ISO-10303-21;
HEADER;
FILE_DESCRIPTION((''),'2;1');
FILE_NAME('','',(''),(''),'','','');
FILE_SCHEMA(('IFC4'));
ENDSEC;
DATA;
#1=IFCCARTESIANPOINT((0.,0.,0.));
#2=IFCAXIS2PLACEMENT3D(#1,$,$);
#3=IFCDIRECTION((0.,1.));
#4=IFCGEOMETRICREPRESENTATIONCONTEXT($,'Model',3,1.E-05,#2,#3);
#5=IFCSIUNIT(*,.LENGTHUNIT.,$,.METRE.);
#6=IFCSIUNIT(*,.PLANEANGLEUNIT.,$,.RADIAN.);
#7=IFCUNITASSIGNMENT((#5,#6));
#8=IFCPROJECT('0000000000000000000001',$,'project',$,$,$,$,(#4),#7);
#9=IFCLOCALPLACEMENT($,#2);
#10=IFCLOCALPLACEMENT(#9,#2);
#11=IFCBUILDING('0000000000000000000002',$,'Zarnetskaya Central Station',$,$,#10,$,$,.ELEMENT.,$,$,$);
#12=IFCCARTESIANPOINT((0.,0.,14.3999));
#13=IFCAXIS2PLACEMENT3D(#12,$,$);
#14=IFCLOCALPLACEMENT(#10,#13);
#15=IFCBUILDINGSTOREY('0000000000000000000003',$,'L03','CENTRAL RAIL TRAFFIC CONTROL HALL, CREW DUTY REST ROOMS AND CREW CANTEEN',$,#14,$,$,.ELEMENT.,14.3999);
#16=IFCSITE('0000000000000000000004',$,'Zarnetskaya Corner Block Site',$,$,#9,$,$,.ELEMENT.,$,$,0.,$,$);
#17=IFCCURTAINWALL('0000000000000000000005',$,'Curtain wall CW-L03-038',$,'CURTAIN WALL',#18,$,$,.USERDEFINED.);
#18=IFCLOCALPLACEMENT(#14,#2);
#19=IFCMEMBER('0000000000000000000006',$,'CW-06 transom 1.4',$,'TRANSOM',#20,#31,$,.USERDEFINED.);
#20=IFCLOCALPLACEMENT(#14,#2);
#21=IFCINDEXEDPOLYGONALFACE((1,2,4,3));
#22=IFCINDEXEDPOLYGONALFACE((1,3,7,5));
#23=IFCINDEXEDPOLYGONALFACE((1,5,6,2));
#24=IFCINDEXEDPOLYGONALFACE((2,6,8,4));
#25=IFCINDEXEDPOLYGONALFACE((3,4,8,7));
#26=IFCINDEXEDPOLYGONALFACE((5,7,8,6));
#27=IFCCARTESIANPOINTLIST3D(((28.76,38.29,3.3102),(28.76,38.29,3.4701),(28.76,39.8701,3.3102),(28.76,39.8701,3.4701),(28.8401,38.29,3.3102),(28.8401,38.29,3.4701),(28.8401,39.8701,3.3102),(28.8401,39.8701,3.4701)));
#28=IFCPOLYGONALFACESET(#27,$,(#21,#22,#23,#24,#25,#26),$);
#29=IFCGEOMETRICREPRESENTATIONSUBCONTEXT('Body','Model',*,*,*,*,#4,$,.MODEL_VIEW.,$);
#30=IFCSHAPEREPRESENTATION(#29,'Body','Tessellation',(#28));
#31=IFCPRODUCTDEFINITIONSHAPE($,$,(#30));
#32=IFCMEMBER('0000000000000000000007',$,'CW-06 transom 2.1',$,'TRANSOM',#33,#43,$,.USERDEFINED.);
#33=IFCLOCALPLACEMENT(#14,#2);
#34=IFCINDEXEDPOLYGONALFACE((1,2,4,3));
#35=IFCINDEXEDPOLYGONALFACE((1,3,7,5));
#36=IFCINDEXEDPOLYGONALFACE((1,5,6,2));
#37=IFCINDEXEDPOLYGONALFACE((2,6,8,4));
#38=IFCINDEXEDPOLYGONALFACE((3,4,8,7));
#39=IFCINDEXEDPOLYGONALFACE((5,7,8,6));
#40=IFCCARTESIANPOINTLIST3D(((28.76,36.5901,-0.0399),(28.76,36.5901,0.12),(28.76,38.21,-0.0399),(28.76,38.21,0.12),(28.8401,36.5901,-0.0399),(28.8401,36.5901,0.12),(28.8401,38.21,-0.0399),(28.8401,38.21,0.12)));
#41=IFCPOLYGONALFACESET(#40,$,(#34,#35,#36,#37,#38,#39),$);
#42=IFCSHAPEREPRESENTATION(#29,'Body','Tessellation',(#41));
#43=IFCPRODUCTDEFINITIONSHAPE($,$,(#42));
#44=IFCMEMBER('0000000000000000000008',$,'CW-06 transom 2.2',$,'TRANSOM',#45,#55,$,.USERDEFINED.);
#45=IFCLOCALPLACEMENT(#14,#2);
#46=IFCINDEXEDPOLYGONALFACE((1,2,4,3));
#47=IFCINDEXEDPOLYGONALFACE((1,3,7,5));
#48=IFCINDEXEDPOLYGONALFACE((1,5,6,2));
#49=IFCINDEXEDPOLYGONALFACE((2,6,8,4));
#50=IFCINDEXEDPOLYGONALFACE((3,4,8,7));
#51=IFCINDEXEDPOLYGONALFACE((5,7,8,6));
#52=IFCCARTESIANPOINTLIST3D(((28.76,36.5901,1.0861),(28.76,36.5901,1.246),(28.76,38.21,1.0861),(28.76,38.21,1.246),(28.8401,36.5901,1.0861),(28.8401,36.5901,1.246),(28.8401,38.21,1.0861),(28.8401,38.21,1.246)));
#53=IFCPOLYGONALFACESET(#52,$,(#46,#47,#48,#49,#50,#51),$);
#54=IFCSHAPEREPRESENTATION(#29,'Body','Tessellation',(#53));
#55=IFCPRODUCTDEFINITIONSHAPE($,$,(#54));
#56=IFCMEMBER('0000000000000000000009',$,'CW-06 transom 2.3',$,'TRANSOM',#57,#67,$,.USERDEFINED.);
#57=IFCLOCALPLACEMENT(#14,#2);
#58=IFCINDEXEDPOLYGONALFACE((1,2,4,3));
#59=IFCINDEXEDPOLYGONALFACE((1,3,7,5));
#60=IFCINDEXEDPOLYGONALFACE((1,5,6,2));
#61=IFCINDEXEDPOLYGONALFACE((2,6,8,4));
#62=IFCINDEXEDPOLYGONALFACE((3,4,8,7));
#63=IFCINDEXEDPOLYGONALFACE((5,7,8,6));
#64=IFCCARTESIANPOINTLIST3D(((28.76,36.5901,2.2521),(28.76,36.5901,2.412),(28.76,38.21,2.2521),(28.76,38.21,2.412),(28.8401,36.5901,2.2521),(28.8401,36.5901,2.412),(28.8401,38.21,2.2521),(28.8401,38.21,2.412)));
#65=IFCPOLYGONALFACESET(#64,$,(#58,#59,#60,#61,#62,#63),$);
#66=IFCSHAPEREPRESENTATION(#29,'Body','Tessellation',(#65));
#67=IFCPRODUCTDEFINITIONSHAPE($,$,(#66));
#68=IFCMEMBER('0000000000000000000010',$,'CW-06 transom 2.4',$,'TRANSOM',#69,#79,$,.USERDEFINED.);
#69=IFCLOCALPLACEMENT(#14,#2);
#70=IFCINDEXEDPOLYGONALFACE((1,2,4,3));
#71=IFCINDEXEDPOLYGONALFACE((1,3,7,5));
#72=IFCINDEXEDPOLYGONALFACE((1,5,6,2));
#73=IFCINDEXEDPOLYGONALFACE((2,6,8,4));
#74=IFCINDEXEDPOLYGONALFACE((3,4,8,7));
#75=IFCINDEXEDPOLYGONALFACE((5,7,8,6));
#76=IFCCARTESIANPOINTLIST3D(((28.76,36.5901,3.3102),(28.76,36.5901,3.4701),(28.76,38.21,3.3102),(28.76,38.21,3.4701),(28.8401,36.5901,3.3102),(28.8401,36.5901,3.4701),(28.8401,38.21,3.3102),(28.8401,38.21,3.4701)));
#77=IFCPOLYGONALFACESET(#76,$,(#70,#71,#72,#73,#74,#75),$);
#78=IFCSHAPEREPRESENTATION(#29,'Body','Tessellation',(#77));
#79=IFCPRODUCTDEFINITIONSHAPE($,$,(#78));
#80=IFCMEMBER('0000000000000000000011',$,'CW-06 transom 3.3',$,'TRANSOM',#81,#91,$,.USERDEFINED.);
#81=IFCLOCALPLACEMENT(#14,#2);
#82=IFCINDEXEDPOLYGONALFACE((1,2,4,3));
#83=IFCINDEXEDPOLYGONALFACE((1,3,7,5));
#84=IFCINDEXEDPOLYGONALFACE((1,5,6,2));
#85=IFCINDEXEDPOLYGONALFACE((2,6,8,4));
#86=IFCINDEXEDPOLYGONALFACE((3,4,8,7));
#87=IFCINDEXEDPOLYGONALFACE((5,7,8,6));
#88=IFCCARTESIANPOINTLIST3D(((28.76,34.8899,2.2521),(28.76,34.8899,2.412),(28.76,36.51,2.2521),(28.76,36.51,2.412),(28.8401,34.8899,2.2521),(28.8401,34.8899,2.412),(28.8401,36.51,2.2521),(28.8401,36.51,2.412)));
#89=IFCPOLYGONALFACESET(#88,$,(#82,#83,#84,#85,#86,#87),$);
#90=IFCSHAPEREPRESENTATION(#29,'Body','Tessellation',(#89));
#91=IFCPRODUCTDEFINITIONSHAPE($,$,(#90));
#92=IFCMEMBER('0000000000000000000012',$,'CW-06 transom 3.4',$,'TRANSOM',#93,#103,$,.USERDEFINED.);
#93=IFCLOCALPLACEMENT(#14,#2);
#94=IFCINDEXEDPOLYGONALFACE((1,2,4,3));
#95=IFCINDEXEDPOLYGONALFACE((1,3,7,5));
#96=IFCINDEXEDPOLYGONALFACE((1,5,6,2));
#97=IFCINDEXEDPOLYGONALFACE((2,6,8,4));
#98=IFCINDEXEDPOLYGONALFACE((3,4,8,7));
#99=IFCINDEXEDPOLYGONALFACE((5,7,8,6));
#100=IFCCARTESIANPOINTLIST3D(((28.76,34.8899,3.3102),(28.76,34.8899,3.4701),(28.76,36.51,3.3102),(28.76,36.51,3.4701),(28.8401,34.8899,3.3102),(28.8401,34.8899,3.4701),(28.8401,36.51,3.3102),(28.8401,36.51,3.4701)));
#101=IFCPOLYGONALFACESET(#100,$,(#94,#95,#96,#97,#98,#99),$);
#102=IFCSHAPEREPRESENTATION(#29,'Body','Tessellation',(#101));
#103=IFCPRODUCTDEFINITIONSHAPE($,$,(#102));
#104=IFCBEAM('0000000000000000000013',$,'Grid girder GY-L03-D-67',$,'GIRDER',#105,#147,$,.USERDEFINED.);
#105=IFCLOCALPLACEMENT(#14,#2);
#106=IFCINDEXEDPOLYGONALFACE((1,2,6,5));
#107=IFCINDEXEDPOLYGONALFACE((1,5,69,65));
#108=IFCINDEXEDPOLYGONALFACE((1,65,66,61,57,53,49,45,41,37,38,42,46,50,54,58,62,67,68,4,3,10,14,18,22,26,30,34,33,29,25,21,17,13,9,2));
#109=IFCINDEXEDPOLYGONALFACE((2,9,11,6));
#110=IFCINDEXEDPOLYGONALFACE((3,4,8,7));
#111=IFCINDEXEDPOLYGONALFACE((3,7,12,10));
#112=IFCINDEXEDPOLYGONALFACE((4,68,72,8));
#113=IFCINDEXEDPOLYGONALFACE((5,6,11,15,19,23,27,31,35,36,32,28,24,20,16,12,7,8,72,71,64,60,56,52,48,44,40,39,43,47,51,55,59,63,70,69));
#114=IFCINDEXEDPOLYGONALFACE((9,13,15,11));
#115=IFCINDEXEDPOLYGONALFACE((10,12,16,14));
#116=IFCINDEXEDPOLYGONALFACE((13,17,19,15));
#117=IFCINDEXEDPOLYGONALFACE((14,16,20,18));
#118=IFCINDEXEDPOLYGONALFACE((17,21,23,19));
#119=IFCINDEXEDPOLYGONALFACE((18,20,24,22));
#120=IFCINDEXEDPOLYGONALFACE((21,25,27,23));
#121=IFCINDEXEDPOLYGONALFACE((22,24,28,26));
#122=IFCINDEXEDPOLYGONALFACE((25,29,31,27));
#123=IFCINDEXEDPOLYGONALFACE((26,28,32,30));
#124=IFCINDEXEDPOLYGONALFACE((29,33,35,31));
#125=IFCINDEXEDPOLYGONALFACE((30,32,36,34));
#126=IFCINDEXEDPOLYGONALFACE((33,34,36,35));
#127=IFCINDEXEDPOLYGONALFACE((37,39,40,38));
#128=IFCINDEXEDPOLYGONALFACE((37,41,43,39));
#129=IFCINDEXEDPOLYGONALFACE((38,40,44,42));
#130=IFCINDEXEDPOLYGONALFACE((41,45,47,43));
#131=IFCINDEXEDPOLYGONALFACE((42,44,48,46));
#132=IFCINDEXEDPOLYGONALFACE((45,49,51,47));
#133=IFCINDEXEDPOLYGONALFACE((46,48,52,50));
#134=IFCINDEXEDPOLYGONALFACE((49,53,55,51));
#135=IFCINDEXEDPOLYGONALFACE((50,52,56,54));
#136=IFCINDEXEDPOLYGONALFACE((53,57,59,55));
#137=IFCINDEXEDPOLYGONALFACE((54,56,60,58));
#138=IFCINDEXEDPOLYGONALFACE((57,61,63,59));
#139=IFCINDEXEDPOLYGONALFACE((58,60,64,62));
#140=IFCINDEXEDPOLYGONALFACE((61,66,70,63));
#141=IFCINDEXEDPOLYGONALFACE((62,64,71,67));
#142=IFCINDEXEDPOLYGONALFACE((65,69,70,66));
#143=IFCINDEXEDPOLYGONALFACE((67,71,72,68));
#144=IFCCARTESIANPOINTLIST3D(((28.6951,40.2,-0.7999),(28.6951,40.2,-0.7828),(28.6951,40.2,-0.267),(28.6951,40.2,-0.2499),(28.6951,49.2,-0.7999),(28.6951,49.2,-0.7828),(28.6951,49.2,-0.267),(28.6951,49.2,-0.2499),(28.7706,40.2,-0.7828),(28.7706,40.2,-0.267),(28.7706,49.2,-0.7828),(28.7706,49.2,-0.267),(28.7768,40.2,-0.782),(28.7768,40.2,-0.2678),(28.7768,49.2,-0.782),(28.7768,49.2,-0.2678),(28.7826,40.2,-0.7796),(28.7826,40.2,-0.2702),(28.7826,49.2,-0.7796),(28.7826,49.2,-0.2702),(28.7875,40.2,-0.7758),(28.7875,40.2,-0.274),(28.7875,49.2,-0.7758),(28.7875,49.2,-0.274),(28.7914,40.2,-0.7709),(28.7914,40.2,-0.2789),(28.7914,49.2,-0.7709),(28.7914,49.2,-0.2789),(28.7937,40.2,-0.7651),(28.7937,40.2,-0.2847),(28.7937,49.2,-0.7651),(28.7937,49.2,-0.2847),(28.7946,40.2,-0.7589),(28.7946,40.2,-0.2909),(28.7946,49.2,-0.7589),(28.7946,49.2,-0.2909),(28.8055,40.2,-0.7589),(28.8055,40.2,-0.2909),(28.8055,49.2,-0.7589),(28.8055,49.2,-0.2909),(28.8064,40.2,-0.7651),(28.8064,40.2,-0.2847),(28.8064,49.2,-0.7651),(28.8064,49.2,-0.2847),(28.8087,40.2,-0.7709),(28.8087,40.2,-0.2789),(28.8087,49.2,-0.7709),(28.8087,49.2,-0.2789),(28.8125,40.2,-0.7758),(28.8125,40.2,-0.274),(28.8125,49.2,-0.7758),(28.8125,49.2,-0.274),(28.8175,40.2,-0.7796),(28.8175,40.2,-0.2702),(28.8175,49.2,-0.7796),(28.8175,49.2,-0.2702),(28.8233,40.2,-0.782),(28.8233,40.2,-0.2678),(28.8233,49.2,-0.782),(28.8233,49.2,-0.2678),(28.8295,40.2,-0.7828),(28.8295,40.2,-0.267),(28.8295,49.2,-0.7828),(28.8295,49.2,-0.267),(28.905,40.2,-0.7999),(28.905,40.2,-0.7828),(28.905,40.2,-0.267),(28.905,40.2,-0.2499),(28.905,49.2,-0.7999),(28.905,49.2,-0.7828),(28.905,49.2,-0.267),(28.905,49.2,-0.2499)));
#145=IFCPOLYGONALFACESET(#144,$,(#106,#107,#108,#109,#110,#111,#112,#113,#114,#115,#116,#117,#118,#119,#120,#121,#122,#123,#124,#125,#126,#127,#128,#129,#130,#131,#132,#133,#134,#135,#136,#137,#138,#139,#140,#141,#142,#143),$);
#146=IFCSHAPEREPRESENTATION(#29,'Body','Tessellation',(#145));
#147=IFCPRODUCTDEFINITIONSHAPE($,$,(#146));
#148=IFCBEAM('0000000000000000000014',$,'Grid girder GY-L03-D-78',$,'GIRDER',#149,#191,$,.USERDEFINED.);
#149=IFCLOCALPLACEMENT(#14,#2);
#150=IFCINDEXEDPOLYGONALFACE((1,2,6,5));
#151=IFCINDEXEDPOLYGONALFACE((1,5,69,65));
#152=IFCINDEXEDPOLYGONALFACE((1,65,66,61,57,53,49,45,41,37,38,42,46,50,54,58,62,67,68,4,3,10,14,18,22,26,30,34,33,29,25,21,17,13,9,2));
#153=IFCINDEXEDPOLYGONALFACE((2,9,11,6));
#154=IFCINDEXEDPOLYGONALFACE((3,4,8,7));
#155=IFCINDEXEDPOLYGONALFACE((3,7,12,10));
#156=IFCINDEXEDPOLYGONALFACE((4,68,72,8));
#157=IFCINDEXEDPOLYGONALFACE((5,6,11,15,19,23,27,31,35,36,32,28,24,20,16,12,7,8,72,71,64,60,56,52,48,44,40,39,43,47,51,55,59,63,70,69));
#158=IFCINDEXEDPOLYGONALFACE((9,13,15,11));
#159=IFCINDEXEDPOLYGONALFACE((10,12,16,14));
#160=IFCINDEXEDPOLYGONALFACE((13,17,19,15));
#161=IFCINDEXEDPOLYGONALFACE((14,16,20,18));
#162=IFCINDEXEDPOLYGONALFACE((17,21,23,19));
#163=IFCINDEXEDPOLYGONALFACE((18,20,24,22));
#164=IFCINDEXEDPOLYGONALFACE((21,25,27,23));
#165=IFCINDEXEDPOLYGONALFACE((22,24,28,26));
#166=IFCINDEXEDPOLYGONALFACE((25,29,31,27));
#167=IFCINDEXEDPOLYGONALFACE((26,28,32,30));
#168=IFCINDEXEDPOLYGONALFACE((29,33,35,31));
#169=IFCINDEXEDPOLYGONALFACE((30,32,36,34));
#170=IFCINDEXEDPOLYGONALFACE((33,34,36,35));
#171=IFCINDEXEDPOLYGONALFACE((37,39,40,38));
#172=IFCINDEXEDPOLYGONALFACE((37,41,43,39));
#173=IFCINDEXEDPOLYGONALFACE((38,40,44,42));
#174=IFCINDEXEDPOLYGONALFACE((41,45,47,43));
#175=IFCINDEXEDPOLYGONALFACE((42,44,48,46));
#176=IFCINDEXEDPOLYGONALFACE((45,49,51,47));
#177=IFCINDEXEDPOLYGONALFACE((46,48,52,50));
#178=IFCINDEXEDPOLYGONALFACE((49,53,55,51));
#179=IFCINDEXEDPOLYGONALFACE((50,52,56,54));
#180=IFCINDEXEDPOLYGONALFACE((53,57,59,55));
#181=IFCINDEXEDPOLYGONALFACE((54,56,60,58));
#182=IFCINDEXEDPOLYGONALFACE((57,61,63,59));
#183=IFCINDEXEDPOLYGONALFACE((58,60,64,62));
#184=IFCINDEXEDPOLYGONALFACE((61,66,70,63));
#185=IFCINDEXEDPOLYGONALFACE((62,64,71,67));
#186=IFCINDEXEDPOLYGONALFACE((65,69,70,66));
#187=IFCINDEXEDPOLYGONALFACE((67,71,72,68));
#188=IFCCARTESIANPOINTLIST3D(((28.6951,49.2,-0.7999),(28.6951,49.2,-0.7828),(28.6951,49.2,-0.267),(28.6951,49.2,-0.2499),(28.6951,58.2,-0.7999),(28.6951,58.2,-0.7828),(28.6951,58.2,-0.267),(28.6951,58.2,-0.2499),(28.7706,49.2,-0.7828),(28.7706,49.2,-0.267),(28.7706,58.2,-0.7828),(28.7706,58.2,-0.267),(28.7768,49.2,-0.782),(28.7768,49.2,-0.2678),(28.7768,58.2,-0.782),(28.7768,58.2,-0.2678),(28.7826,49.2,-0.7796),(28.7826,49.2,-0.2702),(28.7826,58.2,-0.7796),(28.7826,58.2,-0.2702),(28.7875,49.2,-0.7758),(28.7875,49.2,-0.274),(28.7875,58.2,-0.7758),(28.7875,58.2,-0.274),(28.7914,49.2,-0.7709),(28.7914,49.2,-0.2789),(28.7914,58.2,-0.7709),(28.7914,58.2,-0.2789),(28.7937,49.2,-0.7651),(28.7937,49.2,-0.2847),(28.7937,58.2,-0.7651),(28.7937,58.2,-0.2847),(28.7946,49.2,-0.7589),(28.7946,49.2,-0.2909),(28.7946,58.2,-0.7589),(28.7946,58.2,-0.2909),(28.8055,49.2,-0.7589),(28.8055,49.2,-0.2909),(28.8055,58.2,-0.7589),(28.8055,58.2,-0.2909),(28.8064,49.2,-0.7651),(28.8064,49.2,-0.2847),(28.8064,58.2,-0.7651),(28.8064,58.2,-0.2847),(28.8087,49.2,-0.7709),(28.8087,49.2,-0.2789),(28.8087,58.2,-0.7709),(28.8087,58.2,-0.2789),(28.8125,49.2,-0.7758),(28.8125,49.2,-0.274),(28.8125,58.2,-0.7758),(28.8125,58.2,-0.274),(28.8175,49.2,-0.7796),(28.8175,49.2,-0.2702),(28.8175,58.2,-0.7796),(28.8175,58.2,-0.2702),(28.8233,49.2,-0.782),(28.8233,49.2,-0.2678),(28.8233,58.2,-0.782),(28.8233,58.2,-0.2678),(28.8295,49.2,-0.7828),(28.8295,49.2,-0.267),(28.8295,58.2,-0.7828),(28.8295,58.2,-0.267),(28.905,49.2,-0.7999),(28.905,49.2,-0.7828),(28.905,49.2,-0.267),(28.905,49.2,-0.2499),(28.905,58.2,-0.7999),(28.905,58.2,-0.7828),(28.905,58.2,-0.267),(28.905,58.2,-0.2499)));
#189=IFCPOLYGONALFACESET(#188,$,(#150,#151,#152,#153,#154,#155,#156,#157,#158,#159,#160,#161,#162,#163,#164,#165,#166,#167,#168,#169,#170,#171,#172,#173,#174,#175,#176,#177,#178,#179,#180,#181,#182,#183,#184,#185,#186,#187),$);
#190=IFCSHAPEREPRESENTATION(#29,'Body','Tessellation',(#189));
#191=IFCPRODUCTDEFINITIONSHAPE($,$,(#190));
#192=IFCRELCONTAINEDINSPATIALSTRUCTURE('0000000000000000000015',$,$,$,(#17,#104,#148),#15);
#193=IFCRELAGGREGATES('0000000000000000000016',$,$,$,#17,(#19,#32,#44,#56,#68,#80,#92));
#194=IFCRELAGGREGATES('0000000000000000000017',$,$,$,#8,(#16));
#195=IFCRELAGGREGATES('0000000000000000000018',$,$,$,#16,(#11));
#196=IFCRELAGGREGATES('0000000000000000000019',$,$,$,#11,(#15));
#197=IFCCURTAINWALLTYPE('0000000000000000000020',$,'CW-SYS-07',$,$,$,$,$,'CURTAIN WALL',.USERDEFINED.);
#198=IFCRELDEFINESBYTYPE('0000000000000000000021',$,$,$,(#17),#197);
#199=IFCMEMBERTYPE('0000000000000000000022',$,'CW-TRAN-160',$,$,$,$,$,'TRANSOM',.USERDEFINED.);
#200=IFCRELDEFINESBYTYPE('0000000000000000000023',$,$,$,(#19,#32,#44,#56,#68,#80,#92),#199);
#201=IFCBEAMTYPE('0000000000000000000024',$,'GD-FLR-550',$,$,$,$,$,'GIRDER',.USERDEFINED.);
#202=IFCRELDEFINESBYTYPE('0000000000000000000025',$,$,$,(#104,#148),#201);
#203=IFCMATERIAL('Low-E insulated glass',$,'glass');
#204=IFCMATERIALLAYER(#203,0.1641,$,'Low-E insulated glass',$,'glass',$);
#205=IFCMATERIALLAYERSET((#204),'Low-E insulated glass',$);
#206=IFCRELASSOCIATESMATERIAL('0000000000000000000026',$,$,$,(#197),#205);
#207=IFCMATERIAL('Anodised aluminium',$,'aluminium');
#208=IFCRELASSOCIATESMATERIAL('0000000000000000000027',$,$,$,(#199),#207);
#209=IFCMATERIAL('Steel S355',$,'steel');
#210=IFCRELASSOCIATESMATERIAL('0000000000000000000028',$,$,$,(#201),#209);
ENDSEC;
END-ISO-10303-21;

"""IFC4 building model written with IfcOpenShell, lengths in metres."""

from ifc_helpers import new_model, si_unit, direction, frame, origin, origin_2d, place, context, subcontext, project, spatial, rectangle, i_section, extrude, material, layer, layer_set, material_profile, profile_set, type_object, element, aggregate, save


model = new_model("IFC4")

# Units and contexts
model_context = context("Model", 3, precision=1e-05, world=origin(), true_north=direction((0.0, 1.0)))
body_context = subcontext(model_context, "Body", "Model", "MODEL_VIEW")
ifc_project = project(units=[si_unit("LENGTHUNIT", "METRE"), si_unit("PLANEANGLEUNIT", "RADIAN")], contexts=[model_context])

# Site, building, storey
site_placement = place(None, origin())
site = spatial("IfcSite", under=ifc_project, at=site_placement, Name="Zarnetskaya Corner Block Site", CompositionType="ELEMENT", RefElevation=0.0)
building_placement = place(site_placement, origin())
building = spatial("IfcBuilding", under=site, at=building_placement, Name="Zarnetskaya Central Station", CompositionType="ELEMENT")
storey_placement = place(building_placement, frame((0.0, 0.0, 14.3999)))
storey = spatial("IfcBuildingStorey", under=building, at=storey_placement, Name="L03", Description="CENTRAL RAIL TRAFFIC CONTROL HALL, CREW DUTY REST ROOMS AND CREW CANTEEN", CompositionType="ELEMENT", Elevation=14.3999)

# Shared definitions
ifc_material_1 = material(Name="Steel S355", Category="steel")

# Shared definitions
ifc_material_2 = material(Name="Low-E insulated glass", Category="glass")
ifc_material_3 = material(Name="Anodised aluminium", Category="aluminium")

# Curtain wall, members
ifc_layer_1 = layer(ifc_material_2, 0.1641, Name="Low-E insulated glass", Category="glass")
ifc_layer_set_1 = layer_set([ifc_layer_1], Name="Low-E insulated glass")
curtain_wall_type_1 = type_object("IfcCurtainWallType", Name="CW-SYS-07", ElementType="CURTAIN WALL", PredefinedType="USERDEFINED", material=ifc_layer_set_1)
curtain_wall_1_placement = place(storey_placement, origin())
curtain_wall_1 = element("IfcCurtainWall", 1, at=curtain_wall_1_placement, inside=storey, type_object=curtain_wall_type_1, Name="Curtain wall CW-L03-038", ObjectType="CURTAIN WALL", PredefinedType="USERDEFINED")
ifc_material_profile_1 = material_profile(ifc_material_3, rectangle(XDim=0.0801, YDim=0.1599, at=origin_2d()), Name="ALU TRAN 80x160")
ifc_profile_set_1 = profile_set([ifc_material_profile_1], Name="Anodised aluminium")
member_type_1 = type_object("IfcMemberType", Name="CW-TRAN-160", ElementType="TRANSOM", PredefinedType="USERDEFINED", material=ifc_profile_set_1)
member_1_placement = place(storey_placement, frame((28.8, 39.8701, 3.3901), z_axis=(0.0, -1.0, 0.0), x_axis=(1.0, 0.0, 0.0)))
member_1 = element("IfcMember", 2, at=member_1_placement, type_object=member_type_1, Name="CW-06 transom 1.4", ObjectType="TRANSOM", PredefinedType="USERDEFINED", context=body_context, shape_type="SweptSolid", body=[
    extrude(rectangle(XDim=0.0801, YDim=0.1599, at=origin_2d()), origin(), (0.0, 0.0, 1.0), 1.5801),
])
member_2_placement = place(storey_placement, frame((28.8, 38.21, 0.04), z_axis=(0.0, -1.0, 0.0), x_axis=(1.0, 0.0, 0.0)))
member_2 = element("IfcMember", 3, at=member_2_placement, type_object=member_type_1, Name="CW-06 transom 2.1", ObjectType="TRANSOM", PredefinedType="USERDEFINED", context=body_context, shape_type="SweptSolid", body=[
    extrude(rectangle(XDim=0.0801, YDim=0.1599, at=origin_2d()), origin(), (0.0, 0.0, 1.0), 1.6199),
])
member_3_placement = place(storey_placement, frame((28.8, 38.21, 1.166), z_axis=(0.0, -1.0, 0.0), x_axis=(1.0, 0.0, 0.0)))
member_3 = element("IfcMember", 4, at=member_3_placement, type_object=member_type_1, Name="CW-06 transom 2.2", ObjectType="TRANSOM", PredefinedType="USERDEFINED", context=body_context, shape_type="SweptSolid", body=[
    extrude(rectangle(XDim=0.0801, YDim=0.1599, at=origin_2d()), origin(), (0.0, 0.0, 1.0), 1.6199),
])
member_4_placement = place(storey_placement, frame((28.8, 38.21, 2.332), z_axis=(0.0, -1.0, 0.0), x_axis=(1.0, 0.0, 0.0)))
member_4 = element("IfcMember", 5, at=member_4_placement, type_object=member_type_1, Name="CW-06 transom 2.3", ObjectType="TRANSOM", PredefinedType="USERDEFINED", context=body_context, shape_type="SweptSolid", body=[
    extrude(rectangle(XDim=0.0801, YDim=0.1599, at=origin_2d()), origin(), (0.0, 0.0, 1.0), 1.6199),
])
member_5_placement = place(storey_placement, frame((28.8, 38.21, 3.3901), z_axis=(0.0, -1.0, 0.0), x_axis=(1.0, 0.0, 0.0)))
member_5 = element("IfcMember", 6, at=member_5_placement, type_object=member_type_1, Name="CW-06 transom 2.4", ObjectType="TRANSOM", PredefinedType="USERDEFINED", context=body_context, shape_type="SweptSolid", body=[
    extrude(rectangle(XDim=0.0801, YDim=0.1599, at=origin_2d()), origin(), (0.0, 0.0, 1.0), 1.6199),
])
member_6_placement = place(storey_placement, frame((28.8, 36.51, 2.332), z_axis=(0.0, -1.0, 0.0), x_axis=(1.0, 0.0, 0.0)))
member_6 = element("IfcMember", 7, at=member_6_placement, type_object=member_type_1, Name="CW-06 transom 3.3", ObjectType="TRANSOM", PredefinedType="USERDEFINED", context=body_context, shape_type="SweptSolid", body=[
    extrude(rectangle(XDim=0.0801, YDim=0.1599, at=origin_2d()), origin(), (0.0, 0.0, 1.0), 1.6201),
])
member_7_placement = place(storey_placement, frame((28.8, 36.51, 3.3901), z_axis=(0.0, -1.0, 0.0), x_axis=(1.0, 0.0, 0.0)))
member_7 = element("IfcMember", 8, at=member_7_placement, type_object=member_type_1, Name="CW-06 transom 3.4", ObjectType="TRANSOM", PredefinedType="USERDEFINED", context=body_context, shape_type="SweptSolid", body=[
    extrude(rectangle(XDim=0.0801, YDim=0.1599, at=origin_2d()), origin(), (0.0, 0.0, 1.0), 1.6201),
])

# Beams
ifc_material_profile_2 = material_profile(ifc_material_1, i_section(OverallWidth=0.21, OverallDepth=0.55, WebThickness=0.011, FlangeThickness=0.0171, FilletRadius=0.0239, at=origin_2d()), Name="IPE 550")
ifc_profile_set_2 = profile_set([ifc_material_profile_2], Name="Steel S355")
beam_type = type_object("IfcBeamType", Name="GD-FLR-550", ElementType="GIRDER", PredefinedType="USERDEFINED", material=ifc_profile_set_2)
for number, where, z_axis, x_axis, name in (
    (9, (28.8, 40.2, -0.5249), (0.0, 1.0, 0.0), (-1.0, 0.0, 0.0), "Grid girder GY-L03-D-67"),
    (10, (28.8, 49.2, -0.5249), (0.0, 1.0, 0.0), (-1.0, 0.0, 0.0), "Grid girder GY-L03-D-78"),
):
    element("IfcBeam", number, at=place(storey_placement, frame(where, z_axis=z_axis, x_axis=x_axis)), inside=storey, type_object=beam_type, Name=name, ObjectType="GIRDER", PredefinedType="USERDEFINED", context=body_context, shape_type="SweptSolid", body=[
        extrude(i_section(OverallWidth=0.21, OverallDepth=0.55, WebThickness=0.011, FlangeThickness=0.0171, FilletRadius=0.0239, at=origin_2d()), origin(), (0.0, 0.0, 1.0), 9.0),
    ])

aggregate(curtain_wall_1, [member_1, member_2, member_3, member_4, member_5, member_6, member_7])

save(model, "model.ifc")
